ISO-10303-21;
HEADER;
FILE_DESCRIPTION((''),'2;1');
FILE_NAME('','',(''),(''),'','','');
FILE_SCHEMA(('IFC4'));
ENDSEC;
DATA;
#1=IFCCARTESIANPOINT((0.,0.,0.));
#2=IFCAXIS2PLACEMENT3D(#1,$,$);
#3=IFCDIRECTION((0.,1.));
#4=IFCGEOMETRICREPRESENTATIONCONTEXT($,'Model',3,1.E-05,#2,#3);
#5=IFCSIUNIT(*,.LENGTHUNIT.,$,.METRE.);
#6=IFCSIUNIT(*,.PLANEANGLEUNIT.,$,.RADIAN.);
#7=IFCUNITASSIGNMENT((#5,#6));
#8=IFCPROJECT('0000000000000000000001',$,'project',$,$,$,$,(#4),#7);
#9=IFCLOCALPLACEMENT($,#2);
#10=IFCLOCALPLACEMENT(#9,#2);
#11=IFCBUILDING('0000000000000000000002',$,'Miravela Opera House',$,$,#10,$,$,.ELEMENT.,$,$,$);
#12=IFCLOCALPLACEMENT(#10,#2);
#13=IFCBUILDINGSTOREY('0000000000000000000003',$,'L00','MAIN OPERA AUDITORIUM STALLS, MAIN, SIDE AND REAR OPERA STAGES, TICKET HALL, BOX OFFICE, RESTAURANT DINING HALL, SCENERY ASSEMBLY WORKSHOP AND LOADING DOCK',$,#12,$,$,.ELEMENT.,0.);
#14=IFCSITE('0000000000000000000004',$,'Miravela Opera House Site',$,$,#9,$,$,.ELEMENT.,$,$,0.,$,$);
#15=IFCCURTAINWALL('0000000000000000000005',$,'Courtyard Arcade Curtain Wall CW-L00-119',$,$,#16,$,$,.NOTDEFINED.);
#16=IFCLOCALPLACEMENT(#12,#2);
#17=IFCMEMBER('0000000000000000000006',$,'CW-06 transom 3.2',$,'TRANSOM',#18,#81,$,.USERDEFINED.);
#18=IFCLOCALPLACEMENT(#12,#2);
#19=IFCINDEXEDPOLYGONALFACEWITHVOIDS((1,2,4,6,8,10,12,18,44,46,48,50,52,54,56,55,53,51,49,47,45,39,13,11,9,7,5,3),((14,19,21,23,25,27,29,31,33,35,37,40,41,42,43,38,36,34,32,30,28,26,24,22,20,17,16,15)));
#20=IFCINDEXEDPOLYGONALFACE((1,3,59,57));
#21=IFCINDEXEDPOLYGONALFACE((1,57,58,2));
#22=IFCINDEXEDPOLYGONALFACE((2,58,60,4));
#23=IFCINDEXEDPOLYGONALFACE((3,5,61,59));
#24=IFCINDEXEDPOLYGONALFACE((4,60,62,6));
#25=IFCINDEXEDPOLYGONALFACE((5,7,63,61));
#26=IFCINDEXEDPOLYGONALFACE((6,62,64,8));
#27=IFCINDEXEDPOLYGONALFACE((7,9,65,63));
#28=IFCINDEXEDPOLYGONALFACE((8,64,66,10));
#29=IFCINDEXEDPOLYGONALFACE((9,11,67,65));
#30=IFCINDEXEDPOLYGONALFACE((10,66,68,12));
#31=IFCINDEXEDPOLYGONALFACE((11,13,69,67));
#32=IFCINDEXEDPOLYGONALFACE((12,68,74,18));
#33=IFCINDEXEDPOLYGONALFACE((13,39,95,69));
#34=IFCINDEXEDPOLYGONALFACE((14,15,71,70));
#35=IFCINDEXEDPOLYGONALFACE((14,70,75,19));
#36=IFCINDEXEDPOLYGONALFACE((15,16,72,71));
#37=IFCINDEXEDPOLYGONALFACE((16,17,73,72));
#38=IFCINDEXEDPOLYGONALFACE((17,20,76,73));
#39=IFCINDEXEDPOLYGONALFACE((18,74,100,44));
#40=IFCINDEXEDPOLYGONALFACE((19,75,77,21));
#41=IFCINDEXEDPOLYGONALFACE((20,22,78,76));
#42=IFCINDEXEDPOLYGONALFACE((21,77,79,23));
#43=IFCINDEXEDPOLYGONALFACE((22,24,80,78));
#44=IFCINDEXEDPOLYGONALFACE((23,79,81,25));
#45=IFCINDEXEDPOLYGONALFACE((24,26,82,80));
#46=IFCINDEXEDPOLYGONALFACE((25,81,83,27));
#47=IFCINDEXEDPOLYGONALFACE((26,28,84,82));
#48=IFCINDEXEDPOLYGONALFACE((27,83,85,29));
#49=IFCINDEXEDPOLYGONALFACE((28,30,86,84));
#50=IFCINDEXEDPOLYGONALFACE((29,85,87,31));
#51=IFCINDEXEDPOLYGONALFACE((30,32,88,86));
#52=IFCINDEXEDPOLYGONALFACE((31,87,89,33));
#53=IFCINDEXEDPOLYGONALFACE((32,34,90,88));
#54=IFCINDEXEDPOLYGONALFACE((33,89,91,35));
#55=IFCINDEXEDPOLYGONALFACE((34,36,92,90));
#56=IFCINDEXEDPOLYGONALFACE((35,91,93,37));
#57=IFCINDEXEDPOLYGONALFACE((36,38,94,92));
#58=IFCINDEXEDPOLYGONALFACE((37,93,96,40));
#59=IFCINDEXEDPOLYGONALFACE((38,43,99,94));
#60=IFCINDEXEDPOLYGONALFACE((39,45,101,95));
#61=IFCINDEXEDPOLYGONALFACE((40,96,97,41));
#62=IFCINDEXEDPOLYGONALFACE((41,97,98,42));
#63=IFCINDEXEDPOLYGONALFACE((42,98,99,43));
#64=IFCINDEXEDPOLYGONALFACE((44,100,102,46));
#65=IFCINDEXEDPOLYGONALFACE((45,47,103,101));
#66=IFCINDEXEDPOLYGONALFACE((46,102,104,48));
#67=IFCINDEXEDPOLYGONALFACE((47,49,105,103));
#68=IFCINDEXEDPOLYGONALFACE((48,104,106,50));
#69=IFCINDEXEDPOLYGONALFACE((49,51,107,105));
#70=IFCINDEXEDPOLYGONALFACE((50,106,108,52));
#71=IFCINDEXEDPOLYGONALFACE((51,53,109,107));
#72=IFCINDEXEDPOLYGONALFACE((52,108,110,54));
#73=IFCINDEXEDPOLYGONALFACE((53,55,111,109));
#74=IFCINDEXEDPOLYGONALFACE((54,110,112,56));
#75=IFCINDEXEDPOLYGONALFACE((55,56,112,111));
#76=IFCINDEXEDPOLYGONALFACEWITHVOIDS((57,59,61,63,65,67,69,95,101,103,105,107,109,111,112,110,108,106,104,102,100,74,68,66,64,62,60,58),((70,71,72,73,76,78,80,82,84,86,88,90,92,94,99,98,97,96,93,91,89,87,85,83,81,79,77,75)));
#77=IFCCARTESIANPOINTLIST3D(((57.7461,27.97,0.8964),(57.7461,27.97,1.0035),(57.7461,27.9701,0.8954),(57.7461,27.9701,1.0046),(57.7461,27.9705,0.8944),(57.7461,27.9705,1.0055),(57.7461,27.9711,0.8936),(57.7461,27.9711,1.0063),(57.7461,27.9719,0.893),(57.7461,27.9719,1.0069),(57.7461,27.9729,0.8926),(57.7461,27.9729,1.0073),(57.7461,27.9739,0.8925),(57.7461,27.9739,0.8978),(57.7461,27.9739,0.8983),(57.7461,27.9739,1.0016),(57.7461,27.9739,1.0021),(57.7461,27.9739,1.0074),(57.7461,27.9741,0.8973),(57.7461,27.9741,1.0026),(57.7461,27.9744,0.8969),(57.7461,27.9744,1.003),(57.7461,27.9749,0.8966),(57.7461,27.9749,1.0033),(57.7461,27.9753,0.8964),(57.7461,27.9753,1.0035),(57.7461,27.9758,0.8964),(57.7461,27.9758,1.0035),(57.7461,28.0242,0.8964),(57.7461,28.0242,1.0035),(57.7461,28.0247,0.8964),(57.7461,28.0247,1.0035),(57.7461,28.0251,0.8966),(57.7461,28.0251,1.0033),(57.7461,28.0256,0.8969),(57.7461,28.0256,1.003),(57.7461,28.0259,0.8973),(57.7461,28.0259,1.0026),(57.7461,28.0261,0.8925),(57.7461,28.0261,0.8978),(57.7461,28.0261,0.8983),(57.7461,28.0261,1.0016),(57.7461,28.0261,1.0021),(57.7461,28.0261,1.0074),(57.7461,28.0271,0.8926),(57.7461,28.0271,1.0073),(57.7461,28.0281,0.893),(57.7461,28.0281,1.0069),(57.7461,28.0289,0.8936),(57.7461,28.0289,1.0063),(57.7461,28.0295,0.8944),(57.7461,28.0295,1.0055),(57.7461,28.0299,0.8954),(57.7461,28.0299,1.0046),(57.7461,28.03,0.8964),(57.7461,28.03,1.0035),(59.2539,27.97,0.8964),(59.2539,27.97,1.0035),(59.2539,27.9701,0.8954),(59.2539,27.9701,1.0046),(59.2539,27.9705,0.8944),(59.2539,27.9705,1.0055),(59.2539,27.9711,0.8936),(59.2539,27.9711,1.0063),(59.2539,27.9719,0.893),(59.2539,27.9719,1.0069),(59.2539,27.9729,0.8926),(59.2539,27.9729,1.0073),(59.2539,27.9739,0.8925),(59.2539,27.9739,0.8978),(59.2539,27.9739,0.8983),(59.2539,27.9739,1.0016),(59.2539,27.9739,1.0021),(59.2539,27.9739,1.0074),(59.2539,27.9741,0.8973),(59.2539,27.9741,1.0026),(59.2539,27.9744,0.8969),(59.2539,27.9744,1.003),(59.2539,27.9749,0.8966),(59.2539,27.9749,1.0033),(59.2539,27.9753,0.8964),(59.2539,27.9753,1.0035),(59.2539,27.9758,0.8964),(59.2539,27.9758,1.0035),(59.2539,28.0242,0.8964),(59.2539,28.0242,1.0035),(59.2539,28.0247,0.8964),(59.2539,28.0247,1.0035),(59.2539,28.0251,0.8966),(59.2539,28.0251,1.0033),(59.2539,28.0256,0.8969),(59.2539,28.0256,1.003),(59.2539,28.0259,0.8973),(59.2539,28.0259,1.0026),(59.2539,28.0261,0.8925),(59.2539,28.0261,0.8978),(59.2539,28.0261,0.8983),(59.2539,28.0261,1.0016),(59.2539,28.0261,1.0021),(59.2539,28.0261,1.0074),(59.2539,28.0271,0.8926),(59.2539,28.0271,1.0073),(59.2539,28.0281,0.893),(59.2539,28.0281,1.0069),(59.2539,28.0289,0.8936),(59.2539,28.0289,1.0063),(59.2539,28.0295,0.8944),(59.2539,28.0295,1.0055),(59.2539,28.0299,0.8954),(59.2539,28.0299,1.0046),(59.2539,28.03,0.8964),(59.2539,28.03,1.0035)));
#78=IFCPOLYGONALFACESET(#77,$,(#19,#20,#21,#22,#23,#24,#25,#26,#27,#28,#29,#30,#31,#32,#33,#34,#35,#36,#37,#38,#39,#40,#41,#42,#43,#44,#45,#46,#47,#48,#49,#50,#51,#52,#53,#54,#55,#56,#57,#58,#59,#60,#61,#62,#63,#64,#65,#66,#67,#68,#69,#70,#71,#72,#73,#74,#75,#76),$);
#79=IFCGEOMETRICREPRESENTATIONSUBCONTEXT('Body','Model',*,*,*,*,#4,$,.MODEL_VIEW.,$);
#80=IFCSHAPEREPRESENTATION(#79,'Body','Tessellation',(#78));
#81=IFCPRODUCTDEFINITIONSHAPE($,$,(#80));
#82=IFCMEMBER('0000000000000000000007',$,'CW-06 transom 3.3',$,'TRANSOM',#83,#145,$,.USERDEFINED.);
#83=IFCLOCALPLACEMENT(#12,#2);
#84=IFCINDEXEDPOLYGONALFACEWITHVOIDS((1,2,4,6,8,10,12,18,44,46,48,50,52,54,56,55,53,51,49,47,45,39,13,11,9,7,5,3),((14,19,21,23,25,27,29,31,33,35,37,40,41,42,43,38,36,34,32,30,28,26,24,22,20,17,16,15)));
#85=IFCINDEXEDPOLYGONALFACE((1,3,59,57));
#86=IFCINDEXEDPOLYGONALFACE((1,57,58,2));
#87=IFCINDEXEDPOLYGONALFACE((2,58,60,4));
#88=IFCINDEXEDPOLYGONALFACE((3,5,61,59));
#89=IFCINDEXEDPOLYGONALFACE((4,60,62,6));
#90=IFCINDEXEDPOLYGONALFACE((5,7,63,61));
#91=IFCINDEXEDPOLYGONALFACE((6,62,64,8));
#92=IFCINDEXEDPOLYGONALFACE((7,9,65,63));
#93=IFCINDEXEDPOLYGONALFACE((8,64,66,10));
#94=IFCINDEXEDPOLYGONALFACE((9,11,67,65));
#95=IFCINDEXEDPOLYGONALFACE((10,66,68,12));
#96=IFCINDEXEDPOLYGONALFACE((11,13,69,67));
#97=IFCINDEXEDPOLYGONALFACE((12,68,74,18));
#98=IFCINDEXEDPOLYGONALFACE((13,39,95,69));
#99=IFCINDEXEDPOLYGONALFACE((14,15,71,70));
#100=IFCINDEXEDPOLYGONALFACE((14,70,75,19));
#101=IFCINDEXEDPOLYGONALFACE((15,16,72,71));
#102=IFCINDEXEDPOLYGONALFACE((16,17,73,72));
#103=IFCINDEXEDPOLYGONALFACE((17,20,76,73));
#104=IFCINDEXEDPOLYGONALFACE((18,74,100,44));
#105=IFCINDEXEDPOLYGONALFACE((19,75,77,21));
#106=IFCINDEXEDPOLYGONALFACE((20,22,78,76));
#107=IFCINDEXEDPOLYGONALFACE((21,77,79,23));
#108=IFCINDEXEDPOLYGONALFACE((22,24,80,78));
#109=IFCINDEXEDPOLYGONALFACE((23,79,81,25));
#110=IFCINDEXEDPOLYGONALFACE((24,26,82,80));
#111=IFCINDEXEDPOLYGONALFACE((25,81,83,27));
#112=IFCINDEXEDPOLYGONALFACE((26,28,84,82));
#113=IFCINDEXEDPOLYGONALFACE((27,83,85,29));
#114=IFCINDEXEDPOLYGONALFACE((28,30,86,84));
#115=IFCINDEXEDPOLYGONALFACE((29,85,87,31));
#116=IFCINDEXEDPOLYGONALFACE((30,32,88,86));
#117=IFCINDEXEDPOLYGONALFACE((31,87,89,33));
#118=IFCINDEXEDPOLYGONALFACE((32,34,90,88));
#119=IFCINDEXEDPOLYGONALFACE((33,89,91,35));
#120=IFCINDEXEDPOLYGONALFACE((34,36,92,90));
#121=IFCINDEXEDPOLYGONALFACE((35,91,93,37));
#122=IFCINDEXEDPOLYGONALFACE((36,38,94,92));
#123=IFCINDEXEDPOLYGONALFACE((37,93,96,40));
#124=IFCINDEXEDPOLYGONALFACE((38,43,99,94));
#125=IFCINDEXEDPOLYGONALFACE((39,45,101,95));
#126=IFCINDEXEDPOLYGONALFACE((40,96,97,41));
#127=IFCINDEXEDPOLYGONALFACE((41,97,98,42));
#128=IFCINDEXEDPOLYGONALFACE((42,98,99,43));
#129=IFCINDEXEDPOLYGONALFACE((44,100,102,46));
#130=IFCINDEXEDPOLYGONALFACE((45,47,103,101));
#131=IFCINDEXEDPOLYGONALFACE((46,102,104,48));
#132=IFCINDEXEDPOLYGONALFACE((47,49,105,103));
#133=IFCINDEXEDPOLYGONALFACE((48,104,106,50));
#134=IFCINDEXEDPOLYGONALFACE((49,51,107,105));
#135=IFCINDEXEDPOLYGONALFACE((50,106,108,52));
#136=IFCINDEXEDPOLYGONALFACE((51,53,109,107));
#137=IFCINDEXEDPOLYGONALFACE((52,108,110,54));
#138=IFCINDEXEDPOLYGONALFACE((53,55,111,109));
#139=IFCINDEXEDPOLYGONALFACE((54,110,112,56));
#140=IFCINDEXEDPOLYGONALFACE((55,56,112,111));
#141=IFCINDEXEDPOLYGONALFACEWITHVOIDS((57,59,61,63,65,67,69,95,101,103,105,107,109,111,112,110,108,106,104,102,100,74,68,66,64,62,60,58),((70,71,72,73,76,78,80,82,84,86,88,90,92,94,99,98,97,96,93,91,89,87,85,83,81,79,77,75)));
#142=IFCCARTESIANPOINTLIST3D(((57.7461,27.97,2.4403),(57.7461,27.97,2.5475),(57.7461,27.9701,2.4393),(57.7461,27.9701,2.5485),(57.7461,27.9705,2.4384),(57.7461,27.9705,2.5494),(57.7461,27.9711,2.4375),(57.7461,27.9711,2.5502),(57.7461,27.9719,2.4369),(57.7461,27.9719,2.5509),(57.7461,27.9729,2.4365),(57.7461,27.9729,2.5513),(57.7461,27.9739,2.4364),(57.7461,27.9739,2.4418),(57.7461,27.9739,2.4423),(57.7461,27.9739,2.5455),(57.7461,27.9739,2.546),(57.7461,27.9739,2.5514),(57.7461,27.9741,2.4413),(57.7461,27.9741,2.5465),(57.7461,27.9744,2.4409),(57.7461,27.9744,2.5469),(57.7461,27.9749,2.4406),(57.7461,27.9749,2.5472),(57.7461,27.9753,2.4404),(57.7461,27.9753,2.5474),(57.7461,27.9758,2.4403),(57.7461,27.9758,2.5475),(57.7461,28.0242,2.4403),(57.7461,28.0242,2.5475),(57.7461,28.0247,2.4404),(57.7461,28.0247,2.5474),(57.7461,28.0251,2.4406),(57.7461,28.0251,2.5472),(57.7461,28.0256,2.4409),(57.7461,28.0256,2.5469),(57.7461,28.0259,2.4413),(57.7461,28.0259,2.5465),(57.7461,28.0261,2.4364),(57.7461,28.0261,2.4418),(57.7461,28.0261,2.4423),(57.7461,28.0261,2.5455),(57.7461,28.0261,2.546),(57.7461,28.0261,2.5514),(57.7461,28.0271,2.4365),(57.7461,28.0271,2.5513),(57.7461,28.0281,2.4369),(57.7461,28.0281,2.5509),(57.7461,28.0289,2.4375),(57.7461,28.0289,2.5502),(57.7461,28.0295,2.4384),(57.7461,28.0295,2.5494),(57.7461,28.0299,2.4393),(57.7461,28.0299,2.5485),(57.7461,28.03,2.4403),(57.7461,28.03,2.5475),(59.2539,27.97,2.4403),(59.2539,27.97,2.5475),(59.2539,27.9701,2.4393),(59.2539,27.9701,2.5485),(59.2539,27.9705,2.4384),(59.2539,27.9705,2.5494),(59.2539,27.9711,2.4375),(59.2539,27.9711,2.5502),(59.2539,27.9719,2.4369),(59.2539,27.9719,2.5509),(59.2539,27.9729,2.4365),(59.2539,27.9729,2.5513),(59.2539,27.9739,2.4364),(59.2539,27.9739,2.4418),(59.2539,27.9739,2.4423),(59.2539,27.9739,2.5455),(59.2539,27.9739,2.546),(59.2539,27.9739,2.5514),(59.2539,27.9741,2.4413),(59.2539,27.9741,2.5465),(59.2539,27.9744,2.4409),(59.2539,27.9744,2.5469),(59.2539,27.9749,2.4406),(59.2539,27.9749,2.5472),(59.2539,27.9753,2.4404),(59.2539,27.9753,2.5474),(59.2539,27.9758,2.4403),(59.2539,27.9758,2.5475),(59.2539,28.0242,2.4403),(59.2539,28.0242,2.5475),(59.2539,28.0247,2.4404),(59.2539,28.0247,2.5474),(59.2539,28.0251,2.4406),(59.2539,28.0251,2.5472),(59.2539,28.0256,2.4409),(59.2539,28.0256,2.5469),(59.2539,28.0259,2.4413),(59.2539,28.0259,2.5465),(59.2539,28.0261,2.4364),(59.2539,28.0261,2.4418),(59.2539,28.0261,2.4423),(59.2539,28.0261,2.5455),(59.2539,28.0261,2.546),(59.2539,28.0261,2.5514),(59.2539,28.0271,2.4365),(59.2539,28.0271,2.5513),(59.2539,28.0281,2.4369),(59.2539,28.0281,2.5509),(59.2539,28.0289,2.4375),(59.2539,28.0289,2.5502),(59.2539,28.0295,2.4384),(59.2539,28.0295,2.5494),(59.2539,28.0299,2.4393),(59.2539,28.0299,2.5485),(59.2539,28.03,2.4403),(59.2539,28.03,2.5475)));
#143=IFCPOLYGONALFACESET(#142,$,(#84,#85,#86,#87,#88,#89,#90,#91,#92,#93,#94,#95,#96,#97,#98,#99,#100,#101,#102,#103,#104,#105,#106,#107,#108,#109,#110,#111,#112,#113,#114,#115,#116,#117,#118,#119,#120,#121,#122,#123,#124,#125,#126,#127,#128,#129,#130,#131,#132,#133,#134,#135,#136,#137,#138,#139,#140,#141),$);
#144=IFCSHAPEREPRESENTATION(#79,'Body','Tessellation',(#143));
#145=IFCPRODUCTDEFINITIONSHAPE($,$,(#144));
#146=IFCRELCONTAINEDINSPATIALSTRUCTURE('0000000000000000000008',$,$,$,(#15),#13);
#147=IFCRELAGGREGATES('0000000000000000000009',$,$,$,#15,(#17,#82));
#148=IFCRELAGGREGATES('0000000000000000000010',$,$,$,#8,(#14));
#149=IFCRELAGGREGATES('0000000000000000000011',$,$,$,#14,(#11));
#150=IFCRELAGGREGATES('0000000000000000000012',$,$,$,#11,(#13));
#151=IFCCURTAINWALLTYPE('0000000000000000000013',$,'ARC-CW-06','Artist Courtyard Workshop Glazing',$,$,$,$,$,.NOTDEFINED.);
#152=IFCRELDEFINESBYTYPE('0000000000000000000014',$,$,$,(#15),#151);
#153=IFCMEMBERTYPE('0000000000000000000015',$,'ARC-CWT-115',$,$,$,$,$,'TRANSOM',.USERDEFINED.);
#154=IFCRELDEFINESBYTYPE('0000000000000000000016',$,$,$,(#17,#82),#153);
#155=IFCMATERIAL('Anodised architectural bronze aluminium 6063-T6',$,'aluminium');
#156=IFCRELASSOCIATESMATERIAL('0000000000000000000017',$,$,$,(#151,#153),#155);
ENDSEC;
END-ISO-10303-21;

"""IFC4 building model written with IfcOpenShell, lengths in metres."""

from ifc_helpers import new_model, si_unit, direction, frame, origin, origin_2d, place, context, subcontext, project, spatial, hollow_rectangle, extrude, material, material_profile, profile_set, type_object, element, aggregate, save


model = new_model("IFC4")

# Units and contexts
model_context = context("Model", 3, precision=1e-05, world=origin(), true_north=direction((0.0, 1.0)))
body_context = subcontext(model_context, "Body", "Model", "MODEL_VIEW")
ifc_project = project(units=[si_unit("LENGTHUNIT", "METRE"), si_unit("PLANEANGLEUNIT", "RADIAN")], contexts=[model_context])

# Site, building, storey
site_placement = place(None, origin())
site = spatial("IfcSite", under=ifc_project, at=site_placement, Name="Miravela Opera House Site", CompositionType="ELEMENT", RefElevation=0.0)
building_placement = place(site_placement, origin())
building = spatial("IfcBuilding", under=site, at=building_placement, Name="Miravela Opera House", CompositionType="ELEMENT")
storey_placement = place(building_placement, origin())
storey = spatial("IfcBuildingStorey", under=building, at=storey_placement, Name="L00", Description="MAIN OPERA AUDITORIUM STALLS, MAIN, SIDE AND REAR OPERA STAGES, TICKET HALL, BOX OFFICE, RESTAURANT DINING HALL, SCENERY ASSEMBLY WORKSHOP AND LOADING DOCK", CompositionType="ELEMENT", Elevation=0.0)

# Curtain wall, members
ifc_material_1 = material(Name="Anodised architectural bronze aluminium 6063-T6", Category="aluminium")
curtain_wall_type = type_object("IfcCurtainWallType", Name="ARC-CW-06", Description="Artist Courtyard Workshop Glazing", PredefinedType="NOTDEFINED", material=ifc_material_1)
curtain_wall_placement = place(storey_placement, origin())
curtain_wall = element("IfcCurtainWall", 1, at=curtain_wall_placement, inside=storey, type_object=curtain_wall_type, Name="Courtyard Arcade Curtain Wall CW-L00-119", PredefinedType="NOTDEFINED")
ifc_material_profile_1 = material_profile(ifc_material_1, hollow_rectangle(XDim=0.0601, YDim=0.115, WallThickness=0.0039, InnerFilletRadius=0.002, OuterFilletRadius=0.0039, at=origin_2d()), Name="CWT-60X115")
ifc_profile_set_1 = profile_set([ifc_material_profile_1])
member_type_1 = type_object("IfcMemberType", Name="ARC-CWT-115", ElementType="TRANSOM", PredefinedType="USERDEFINED", material=ifc_profile_set_1)
member_1_placement = place(storey_placement, frame((57.7461, 28.0, 0.95), z_axis=(1.0, 0.0, 0.0), x_axis=(0.0, 1.0, 0.0)))
member_1 = element("IfcMember", 2, at=member_1_placement, type_object=member_type_1, Name="CW-06 transom 3.2", ObjectType="TRANSOM", PredefinedType="USERDEFINED", context=body_context, shape_type="SweptSolid", body=[
    extrude(hollow_rectangle(XDim=0.0601, YDim=0.115, WallThickness=0.0039, InnerFilletRadius=0.002, OuterFilletRadius=0.0039, at=origin_2d()), origin(), (0.0, 0.0, 1.0), 1.5078),
])
member_2_placement = place(storey_placement, frame((57.7461, 28.0, 2.4939), z_axis=(1.0, 0.0, 0.0), x_axis=(0.0, 1.0, 0.0)))
member_2 = element("IfcMember", 3, at=member_2_placement, type_object=member_type_1, Name="CW-06 transom 3.3", ObjectType="TRANSOM", PredefinedType="USERDEFINED", context=body_context, shape_type="SweptSolid", body=[
    extrude(hollow_rectangle(XDim=0.0601, YDim=0.115, WallThickness=0.0039, InnerFilletRadius=0.002, OuterFilletRadius=0.0039, at=origin_2d()), origin(), (0.0, 0.0, 1.0), 1.5078),
])
aggregate(curtain_wall, [member_1, member_2])

save(model, "model.ifc")
